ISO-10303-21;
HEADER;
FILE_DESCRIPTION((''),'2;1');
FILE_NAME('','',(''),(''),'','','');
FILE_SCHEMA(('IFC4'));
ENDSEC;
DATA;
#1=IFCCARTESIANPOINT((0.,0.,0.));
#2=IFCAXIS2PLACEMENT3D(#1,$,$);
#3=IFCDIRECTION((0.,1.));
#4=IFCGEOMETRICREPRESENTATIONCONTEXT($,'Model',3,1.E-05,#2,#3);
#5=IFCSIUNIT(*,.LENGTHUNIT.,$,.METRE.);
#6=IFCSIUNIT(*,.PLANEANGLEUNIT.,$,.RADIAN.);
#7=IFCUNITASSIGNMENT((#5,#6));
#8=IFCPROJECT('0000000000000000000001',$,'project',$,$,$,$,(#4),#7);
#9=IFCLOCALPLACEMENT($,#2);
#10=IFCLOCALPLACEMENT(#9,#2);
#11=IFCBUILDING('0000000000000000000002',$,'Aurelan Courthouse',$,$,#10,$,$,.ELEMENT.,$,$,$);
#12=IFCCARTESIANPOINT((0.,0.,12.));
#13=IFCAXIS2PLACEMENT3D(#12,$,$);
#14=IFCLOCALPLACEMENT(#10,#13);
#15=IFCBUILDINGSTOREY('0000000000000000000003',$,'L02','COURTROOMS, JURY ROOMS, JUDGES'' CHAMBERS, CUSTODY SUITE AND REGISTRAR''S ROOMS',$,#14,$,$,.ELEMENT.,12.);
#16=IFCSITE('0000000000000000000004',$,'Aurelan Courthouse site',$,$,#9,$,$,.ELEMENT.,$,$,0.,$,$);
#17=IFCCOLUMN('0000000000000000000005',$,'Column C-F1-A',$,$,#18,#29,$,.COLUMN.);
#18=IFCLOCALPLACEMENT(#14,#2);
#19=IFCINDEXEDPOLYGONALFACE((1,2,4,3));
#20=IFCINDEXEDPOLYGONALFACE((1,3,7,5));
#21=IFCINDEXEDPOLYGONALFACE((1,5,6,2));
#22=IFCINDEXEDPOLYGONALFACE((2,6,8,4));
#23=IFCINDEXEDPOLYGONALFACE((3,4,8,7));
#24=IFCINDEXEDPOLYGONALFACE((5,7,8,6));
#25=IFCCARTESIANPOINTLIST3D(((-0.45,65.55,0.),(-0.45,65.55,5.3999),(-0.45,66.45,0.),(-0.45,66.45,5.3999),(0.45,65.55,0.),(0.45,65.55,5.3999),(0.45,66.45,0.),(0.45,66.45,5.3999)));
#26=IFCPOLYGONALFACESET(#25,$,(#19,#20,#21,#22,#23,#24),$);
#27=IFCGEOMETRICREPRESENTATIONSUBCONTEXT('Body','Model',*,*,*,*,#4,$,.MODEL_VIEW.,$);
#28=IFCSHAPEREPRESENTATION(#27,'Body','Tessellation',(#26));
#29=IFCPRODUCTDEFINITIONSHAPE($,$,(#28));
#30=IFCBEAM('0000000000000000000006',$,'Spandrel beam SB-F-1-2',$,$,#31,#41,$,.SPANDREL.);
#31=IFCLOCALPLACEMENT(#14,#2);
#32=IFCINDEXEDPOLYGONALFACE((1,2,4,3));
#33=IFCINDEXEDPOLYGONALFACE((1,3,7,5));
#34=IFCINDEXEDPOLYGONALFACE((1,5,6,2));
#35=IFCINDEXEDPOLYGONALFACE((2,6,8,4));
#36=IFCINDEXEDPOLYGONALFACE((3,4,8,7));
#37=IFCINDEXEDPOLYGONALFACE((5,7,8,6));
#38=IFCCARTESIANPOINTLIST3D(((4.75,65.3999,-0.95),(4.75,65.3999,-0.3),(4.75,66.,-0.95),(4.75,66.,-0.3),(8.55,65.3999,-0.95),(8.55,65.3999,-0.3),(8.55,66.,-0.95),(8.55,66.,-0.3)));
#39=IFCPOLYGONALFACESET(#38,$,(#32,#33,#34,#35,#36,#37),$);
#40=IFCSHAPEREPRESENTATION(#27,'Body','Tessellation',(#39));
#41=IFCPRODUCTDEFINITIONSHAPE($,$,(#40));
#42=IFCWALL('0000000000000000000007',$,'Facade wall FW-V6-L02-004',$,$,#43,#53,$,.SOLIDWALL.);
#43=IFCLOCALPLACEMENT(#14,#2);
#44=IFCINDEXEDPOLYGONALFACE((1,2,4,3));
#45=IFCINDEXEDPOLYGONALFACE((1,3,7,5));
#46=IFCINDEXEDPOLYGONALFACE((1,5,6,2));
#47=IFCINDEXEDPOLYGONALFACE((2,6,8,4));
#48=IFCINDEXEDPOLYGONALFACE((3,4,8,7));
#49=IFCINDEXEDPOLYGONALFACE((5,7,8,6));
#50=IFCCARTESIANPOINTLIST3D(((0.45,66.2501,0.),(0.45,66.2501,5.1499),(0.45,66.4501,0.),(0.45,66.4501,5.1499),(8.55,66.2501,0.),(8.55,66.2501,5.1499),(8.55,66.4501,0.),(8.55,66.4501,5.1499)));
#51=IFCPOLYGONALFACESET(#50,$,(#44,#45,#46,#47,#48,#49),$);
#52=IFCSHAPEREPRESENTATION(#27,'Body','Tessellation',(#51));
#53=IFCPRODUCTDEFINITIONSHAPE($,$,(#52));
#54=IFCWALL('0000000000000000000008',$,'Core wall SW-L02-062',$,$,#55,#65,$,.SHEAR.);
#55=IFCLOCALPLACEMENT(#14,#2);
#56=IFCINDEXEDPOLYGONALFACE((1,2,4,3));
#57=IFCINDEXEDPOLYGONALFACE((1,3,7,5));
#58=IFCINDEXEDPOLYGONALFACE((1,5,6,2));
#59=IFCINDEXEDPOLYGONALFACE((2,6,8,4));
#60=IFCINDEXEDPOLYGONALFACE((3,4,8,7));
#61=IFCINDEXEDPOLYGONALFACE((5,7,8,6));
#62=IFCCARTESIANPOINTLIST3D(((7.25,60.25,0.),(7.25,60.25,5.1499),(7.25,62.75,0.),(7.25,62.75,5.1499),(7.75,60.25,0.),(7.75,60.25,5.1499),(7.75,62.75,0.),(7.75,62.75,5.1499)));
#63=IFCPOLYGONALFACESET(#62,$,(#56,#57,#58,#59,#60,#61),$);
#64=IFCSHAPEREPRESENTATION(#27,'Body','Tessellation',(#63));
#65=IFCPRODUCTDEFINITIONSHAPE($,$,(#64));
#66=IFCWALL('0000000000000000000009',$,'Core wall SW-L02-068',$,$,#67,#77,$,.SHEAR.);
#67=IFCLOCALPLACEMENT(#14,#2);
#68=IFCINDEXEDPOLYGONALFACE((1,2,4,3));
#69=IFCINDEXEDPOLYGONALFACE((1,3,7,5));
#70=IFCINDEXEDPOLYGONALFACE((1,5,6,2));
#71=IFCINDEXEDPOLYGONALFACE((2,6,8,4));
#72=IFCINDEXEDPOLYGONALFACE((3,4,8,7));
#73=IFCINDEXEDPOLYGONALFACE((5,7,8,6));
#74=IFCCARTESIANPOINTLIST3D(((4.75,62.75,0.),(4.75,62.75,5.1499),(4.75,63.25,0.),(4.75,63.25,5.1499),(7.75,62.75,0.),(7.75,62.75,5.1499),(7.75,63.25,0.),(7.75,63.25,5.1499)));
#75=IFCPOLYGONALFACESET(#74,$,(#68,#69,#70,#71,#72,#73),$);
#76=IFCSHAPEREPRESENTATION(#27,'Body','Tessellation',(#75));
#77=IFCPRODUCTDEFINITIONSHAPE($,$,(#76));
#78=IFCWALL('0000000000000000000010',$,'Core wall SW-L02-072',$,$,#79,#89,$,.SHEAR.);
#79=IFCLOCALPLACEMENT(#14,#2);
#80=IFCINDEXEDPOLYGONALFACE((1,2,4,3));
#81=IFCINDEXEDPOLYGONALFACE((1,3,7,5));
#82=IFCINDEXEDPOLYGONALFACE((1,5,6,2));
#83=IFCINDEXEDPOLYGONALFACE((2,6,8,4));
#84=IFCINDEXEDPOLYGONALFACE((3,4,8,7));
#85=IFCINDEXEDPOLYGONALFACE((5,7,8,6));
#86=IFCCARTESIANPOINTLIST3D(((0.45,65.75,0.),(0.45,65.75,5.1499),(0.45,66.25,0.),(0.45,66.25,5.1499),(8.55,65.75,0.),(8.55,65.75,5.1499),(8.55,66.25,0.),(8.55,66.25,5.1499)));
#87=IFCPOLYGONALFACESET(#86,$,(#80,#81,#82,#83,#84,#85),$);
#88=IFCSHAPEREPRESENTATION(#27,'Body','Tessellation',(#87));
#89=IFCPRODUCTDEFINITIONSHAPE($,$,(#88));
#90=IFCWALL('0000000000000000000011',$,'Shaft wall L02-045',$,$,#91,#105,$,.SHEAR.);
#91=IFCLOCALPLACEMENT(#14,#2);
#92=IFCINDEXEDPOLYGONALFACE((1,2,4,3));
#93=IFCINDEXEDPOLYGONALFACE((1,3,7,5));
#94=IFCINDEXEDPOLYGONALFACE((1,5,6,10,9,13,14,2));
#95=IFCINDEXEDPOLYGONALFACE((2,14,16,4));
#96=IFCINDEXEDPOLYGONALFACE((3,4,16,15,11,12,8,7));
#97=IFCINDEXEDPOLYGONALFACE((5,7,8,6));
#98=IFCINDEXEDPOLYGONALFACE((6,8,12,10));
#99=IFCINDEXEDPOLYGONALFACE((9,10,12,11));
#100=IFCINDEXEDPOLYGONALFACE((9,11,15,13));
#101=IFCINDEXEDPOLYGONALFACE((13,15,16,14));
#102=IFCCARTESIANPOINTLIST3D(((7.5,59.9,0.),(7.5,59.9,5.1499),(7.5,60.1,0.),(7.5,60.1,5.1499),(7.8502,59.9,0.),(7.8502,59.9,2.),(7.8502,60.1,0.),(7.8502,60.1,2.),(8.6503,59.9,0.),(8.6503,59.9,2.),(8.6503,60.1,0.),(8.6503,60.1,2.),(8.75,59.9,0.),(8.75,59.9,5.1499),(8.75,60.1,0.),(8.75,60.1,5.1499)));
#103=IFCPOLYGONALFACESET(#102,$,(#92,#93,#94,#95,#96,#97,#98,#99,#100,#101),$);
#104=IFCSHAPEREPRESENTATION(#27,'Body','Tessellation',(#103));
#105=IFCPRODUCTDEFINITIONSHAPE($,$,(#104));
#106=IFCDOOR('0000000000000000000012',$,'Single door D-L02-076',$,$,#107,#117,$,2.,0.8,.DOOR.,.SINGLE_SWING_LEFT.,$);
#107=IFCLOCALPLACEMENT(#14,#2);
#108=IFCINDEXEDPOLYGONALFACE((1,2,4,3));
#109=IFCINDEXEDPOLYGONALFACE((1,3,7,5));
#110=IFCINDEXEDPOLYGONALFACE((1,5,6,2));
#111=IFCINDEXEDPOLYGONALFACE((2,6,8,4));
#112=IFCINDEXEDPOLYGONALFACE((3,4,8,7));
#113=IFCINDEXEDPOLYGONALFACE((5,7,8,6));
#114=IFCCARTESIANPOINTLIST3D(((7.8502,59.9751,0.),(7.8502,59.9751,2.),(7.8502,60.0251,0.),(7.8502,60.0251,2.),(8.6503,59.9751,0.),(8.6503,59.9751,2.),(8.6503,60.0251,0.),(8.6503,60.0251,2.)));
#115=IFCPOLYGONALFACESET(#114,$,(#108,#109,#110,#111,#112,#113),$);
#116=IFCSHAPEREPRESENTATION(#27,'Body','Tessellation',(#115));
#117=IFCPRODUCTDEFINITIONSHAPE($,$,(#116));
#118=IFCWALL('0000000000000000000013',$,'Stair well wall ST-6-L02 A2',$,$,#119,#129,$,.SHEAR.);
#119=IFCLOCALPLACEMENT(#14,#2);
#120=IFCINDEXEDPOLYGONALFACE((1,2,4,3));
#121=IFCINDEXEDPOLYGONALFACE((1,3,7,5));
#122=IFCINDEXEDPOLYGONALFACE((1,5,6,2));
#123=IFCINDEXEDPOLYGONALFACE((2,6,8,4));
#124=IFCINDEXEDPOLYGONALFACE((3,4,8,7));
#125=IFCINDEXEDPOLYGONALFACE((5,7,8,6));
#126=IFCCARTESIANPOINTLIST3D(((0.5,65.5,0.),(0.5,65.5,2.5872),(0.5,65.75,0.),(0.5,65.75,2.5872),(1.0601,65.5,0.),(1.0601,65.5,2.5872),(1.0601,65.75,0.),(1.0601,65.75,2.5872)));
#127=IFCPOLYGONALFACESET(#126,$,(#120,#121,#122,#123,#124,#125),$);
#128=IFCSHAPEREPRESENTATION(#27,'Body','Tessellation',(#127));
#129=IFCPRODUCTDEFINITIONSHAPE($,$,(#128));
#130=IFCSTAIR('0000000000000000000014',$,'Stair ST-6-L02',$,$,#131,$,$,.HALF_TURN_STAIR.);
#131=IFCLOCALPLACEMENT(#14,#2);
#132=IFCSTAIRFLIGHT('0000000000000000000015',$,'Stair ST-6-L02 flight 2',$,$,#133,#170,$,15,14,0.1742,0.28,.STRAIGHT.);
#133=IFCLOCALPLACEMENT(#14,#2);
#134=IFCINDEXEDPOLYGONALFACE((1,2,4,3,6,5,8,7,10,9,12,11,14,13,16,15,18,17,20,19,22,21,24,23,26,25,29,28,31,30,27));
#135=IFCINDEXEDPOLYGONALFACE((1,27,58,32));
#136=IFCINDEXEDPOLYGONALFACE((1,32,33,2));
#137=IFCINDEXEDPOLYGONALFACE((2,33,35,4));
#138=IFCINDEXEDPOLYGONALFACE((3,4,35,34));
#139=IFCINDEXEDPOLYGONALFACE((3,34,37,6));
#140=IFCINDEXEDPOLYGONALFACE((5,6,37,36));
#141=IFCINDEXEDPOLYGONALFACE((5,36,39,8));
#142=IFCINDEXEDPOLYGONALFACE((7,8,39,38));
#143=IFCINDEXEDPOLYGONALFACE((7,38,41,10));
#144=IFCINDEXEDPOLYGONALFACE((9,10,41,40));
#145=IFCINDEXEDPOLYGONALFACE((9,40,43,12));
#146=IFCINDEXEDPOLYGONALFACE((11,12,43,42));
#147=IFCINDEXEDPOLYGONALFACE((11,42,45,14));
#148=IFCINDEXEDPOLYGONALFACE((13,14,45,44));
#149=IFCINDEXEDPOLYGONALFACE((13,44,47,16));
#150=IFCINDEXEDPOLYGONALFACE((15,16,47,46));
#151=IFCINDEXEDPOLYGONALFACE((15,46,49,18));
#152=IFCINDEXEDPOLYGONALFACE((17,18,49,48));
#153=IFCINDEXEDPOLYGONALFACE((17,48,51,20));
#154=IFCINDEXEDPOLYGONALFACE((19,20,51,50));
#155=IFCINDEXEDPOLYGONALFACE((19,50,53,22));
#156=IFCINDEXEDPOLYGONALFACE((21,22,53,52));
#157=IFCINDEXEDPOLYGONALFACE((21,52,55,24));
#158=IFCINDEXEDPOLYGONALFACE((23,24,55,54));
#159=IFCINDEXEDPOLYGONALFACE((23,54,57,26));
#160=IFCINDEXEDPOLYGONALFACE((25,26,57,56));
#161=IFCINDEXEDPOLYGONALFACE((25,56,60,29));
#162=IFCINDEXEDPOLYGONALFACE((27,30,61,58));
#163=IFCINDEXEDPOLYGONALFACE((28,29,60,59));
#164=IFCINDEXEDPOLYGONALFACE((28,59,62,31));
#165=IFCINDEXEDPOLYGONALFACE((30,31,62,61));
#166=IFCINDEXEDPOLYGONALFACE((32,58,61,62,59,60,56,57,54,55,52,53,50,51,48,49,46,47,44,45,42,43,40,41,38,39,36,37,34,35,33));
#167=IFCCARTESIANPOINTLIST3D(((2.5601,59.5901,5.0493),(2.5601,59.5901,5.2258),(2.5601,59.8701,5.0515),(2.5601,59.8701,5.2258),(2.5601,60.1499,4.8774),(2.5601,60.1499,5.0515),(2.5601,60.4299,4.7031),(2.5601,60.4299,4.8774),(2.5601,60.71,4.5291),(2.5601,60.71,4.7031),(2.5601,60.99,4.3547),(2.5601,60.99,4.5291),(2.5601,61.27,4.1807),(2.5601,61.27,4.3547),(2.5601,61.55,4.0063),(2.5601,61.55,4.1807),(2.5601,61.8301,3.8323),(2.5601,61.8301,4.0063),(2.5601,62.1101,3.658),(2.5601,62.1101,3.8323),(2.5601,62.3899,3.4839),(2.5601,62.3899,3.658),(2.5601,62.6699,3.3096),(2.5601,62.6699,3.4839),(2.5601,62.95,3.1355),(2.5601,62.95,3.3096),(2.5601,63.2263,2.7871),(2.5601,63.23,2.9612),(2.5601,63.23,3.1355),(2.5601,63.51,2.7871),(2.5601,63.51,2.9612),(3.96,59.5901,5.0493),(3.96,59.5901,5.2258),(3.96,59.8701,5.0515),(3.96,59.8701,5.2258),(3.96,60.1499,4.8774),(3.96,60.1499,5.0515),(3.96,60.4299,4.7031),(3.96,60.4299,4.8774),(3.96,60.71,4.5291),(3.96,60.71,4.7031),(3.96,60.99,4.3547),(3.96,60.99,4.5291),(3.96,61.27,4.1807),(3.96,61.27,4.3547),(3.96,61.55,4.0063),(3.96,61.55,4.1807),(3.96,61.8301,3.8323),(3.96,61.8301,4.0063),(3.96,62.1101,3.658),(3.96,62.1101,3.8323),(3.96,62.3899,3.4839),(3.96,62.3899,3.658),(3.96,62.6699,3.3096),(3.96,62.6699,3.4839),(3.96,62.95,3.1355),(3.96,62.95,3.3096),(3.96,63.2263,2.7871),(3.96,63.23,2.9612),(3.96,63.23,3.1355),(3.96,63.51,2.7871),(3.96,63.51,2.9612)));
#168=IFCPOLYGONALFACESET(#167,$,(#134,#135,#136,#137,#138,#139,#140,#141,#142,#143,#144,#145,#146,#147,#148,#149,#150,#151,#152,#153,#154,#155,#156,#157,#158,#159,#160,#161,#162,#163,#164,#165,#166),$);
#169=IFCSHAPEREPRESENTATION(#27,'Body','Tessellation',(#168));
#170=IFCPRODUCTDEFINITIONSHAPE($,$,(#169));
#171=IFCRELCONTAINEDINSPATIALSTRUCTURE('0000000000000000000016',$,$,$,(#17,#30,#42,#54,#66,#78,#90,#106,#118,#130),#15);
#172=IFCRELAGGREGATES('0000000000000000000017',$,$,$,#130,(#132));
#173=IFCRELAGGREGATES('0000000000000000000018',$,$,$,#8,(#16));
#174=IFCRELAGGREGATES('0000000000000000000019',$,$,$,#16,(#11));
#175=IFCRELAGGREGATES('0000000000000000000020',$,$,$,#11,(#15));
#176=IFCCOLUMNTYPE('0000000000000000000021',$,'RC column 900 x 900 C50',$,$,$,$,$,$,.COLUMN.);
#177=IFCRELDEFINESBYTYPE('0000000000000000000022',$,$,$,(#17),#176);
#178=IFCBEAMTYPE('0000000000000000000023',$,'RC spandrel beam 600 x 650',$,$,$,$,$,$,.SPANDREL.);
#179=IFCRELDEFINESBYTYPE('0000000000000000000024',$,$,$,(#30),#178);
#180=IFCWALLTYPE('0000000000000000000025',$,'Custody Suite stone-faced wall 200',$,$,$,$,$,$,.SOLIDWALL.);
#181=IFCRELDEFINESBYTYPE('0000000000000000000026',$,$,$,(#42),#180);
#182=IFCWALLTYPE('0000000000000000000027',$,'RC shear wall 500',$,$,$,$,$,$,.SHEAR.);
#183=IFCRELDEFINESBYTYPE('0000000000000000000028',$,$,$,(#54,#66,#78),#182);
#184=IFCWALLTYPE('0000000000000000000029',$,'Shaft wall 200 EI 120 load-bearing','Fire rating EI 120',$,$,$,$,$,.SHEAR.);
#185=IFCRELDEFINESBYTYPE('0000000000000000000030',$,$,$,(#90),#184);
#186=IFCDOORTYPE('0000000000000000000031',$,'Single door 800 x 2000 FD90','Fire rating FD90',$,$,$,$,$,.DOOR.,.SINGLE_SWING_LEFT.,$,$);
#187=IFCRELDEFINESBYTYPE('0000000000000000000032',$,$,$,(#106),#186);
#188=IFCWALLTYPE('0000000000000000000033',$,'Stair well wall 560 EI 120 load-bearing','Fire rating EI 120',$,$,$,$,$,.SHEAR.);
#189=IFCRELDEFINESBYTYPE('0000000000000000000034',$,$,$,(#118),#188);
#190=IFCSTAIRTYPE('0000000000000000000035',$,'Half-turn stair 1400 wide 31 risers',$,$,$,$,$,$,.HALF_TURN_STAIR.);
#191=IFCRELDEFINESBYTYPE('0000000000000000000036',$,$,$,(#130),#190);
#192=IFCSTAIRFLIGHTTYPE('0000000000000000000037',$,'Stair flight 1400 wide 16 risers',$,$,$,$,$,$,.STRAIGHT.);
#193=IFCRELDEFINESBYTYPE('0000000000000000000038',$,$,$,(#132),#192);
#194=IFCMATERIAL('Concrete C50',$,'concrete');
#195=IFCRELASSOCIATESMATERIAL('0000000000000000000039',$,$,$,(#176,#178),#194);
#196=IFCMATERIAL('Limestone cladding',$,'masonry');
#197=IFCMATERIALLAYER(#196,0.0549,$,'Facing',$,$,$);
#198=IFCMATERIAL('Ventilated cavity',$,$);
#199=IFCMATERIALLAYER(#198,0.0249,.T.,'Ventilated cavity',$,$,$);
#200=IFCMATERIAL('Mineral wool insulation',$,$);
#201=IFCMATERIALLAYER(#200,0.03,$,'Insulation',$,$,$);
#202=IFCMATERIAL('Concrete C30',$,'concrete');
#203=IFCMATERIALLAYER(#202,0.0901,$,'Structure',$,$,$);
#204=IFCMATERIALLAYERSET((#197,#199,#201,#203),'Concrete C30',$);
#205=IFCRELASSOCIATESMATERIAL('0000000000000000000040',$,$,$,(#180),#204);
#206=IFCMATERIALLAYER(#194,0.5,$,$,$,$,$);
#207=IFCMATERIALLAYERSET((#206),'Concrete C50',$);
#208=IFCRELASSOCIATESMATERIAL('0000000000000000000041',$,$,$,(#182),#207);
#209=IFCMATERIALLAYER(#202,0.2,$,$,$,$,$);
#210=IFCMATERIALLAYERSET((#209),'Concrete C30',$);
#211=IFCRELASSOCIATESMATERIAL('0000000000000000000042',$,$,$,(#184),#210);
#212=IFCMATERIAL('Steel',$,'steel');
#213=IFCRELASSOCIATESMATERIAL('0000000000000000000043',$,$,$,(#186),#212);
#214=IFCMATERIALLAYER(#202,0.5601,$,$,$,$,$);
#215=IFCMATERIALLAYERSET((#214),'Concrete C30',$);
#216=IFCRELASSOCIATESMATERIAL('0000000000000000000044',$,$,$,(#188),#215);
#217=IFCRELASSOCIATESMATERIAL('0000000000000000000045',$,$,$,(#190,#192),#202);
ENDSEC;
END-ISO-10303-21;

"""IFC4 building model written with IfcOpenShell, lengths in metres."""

from ifc_helpers import new_model, si_unit, direction, frame, frame_2d, origin, origin_2d, place, context, subcontext, project, spatial, polyline, rectangle, outline, extrude, material, layer, layer_set, material_profile, profile_set, type_object, element, fill, aggregate, save


model = new_model("IFC4")

# Units and contexts
model_context = context("Model", 3, precision=1e-05, world=origin(), true_north=direction((0.0, 1.0)))
body_context = subcontext(model_context, "Body", "Model", "MODEL_VIEW")
ifc_project = project(units=[si_unit("LENGTHUNIT", "METRE"), si_unit("PLANEANGLEUNIT", "RADIAN")], contexts=[model_context])

# Site, building, storey
site_placement = place(None, origin())
site = spatial("IfcSite", under=ifc_project, at=site_placement, Name="Aurelan Courthouse site", CompositionType="ELEMENT", RefElevation=0.0)
building_placement = place(site_placement, origin())
building = spatial("IfcBuilding", under=site, at=building_placement, Name="Aurelan Courthouse", CompositionType="ELEMENT")
storey_placement = place(building_placement, frame((0.0, 0.0, 12.0)))
storey = spatial("IfcBuildingStorey", under=building, at=storey_placement, Name="L02", Description="COURTROOMS, JURY ROOMS, JUDGES' CHAMBERS, CUSTODY SUITE AND REGISTRAR'S ROOMS", CompositionType="ELEMENT", Elevation=12.0)

# Column
ifc_material_1 = material(Name="Concrete C50", Category="concrete")
ifc_material_profile_1 = material_profile(ifc_material_1, rectangle(XDim=0.8999, YDim=0.8999, at=origin_2d()), Name="RC 900 x 900")
ifc_profile_set_1 = profile_set([ifc_material_profile_1], Name="Concrete C50")
column_type = type_object("IfcColumnType", Name="RC column 900 x 900 C50", PredefinedType="COLUMN", material=ifc_profile_set_1)
column_placement = place(storey_placement, frame((0.0, 66.0, 0.0), z_axis=(0.0, 0.0, 1.0), x_axis=(1.0, 0.0, 0.0)))
element("IfcColumn", 1, at=column_placement, inside=storey, type_object=column_type, Name="Column C-F1-A", PredefinedType="COLUMN", context=body_context, shape_type="SweptSolid", body=[
    extrude(rectangle(XDim=0.8999, YDim=0.8999, at=origin_2d()), origin(), (0.0, 0.0, 1.0), 5.3999),
])

# Beam
ifc_material_profile_2 = material_profile(ifc_material_1, rectangle(XDim=0.6001, YDim=0.6499, at=origin_2d()), Name="RC 600 x 650")
ifc_profile_set_2 = profile_set([ifc_material_profile_2], Name="Concrete C50")
beam_type = type_object("IfcBeamType", Name="RC spandrel beam 600 x 650", PredefinedType="SPANDREL", material=ifc_profile_set_2)
beam_placement = place(storey_placement, frame((4.75, 65.7, -0.625), z_axis=(1.0, 0.0, 0.0), x_axis=(0.0, 1.0, 0.0)))
element("IfcBeam", 2, at=beam_placement, inside=storey, type_object=beam_type, Name="Spandrel beam SB-F-1-2", PredefinedType="SPANDREL", context=body_context, shape_type="SweptSolid", body=[
    extrude(rectangle(XDim=0.6001, YDim=0.6499, at=origin_2d()), origin(), (0.0, 0.0, 1.0), 3.8),
])

# Walls
ifc_material_2 = material(Name="Limestone cladding", Category="masonry")
ifc_layer_1 = layer(ifc_material_2, 0.0549, Name="Facing")
ifc_material_3 = material(Name="Ventilated cavity")
ifc_layer_2 = layer(ifc_material_3, 0.0249, ventilated=True, Name="Ventilated cavity")
ifc_material_4 = material(Name="Mineral wool insulation")
ifc_layer_3 = layer(ifc_material_4, 0.03, Name="Insulation")
ifc_material_5 = material(Name="Concrete C30", Category="concrete")
ifc_layer_4 = layer(ifc_material_5, 0.0901, Name="Structure")
ifc_layer_set_1 = layer_set([ifc_layer_1, ifc_layer_2, ifc_layer_3, ifc_layer_4], Name="Concrete C30")
wall_type_1 = type_object("IfcWallType", Name="Custody Suite stone-faced wall 200", PredefinedType="SOLIDWALL", material=ifc_layer_set_1)
wall_1_placement = place(storey_placement, frame((0.45, 66.3501, 0.0), z_axis=(0.0, 0.0, 1.0), x_axis=(1.0, 0.0, 0.0)))
element("IfcWall", 3, at=wall_1_placement, inside=storey, type_object=wall_type_1, Name="Facade wall FW-V6-L02-004", PredefinedType="SOLIDWALL", context=body_context, shape_type="SweptSolid", body=[
    extrude(rectangle(XDim=8.1001, YDim=0.2, at=frame_2d((4.05, 0.0))), origin(), (0.0, 0.0, 1.0), 5.1499),
])
ifc_layer_5 = layer(ifc_material_1, 0.5)
ifc_layer_set_2 = layer_set([ifc_layer_5], Name="Concrete C50")
wall_type_2 = type_object("IfcWallType", Name="RC shear wall 500", PredefinedType="SHEAR", material=ifc_layer_set_2)
wall_2_placement = place(storey_placement, frame((7.5, 60.25, 0.0), z_axis=(0.0, 0.0, 1.0), x_axis=(0.0, 1.0, 0.0)))
element("IfcWall", 4, at=wall_2_placement, inside=storey, type_object=wall_type_2, Name="Core wall SW-L02-062", PredefinedType="SHEAR", context=body_context, shape_type="SweptSolid", body=[
    extrude(rectangle(XDim=2.5, YDim=0.5, at=frame_2d((1.25, 0.0))), origin(), (0.0, 0.0, 1.0), 5.1499),
])
wall_3_placement = place(storey_placement, frame((4.75, 63.0, 0.0), z_axis=(0.0, 0.0, 1.0), x_axis=(1.0, 0.0, 0.0)))
element("IfcWall", 5, at=wall_3_placement, inside=storey, type_object=wall_type_2, Name="Core wall SW-L02-068", PredefinedType="SHEAR", context=body_context, shape_type="SweptSolid", body=[
    extrude(rectangle(XDim=3.0, YDim=0.5, at=frame_2d((1.5, 0.0))), origin(), (0.0, 0.0, 1.0), 5.1499),
])
wall_4_placement = place(storey_placement, frame((0.45, 66.0, 0.0), z_axis=(0.0, 0.0, 1.0), x_axis=(1.0, 0.0, 0.0)))
element("IfcWall", 6, at=wall_4_placement, inside=storey, type_object=wall_type_2, Name="Core wall SW-L02-072", PredefinedType="SHEAR", context=body_context, shape_type="SweptSolid", body=[
    extrude(rectangle(XDim=8.1001, YDim=0.5, at=frame_2d((4.05, 0.0))), origin(), (0.0, 0.0, 1.0), 5.1499),
])

# Wall, opening, door
ifc_layer_6 = layer(ifc_material_5, 0.2)
ifc_layer_set_3 = layer_set([ifc_layer_6], Name="Concrete C30")
wall_type_3 = type_object("IfcWallType", Name="Shaft wall 200 EI 120 load-bearing", Description="Fire rating EI 120", PredefinedType="SHEAR", material=ifc_layer_set_3)
wall_5_placement = place(storey_placement, frame((7.5, 60.0, 0.0), z_axis=(0.0, 0.0, 1.0), x_axis=(1.0, 0.0, 0.0)))
wall_5 = element("IfcWall", 7, at=wall_5_placement, inside=storey, type_object=wall_type_3, Name="Shaft wall L02-045", PredefinedType="SHEAR", context=body_context, shape_type="SweptSolid", body=[
    extrude(rectangle(XDim=1.25, YDim=0.2, at=frame_2d((0.625, 0.0))), origin(), (0.0, 0.0, 1.0), 5.1499),
])
opening_placement = place(wall_5_placement, frame((1.1501, 0.0, 0.0), z_axis=(0.0, 0.0, 1.0), x_axis=(-1.0, 0.0, 0.0)))
opening = element("IfcOpeningElement", 8, at=opening_placement, cuts=wall_5, PredefinedType="OPENING", context=body_context, shape_type="SweptSolid", body=[
    extrude(rectangle(XDim=0.8, YDim=2.0, at=frame_2d((0.3999, 1.0))), frame((0.0, 0.1099, 0.0), z_axis=(0.0, -1.0, 0.0), x_axis=(1.0, 0.0, 0.0)), (0.0, 0.0, 1.0), 0.22),
])
ifc_material_6 = material(Name="Steel", Category="steel")
door_type = type_object("IfcDoorType", Name="Single door 800 x 2000 FD90", Description="Fire rating FD90", OperationType="SINGLE_SWING_LEFT", PredefinedType="DOOR", material=ifc_material_6)
door_placement = place(opening_placement, origin())
door = element("IfcDoor", 9, at=door_placement, inside=storey, type_object=door_type, Name="Single door D-L02-076", OperationType="SINGLE_SWING_LEFT", OverallHeight=2.0, OverallWidth=0.8, PredefinedType="DOOR", context=body_context, shape_type="SweptSolid", body=[
    extrude(rectangle(XDim=0.8, YDim=2.0, at=frame_2d((0.3999, 1.0))), frame((0.0, 0.0249, 0.0), z_axis=(0.0, -1.0, 0.0), x_axis=(1.0, 0.0, 0.0)), (0.0, 0.0, 1.0), 0.05),
])
fill(opening, door)

# Wall
ifc_layer_7 = layer(ifc_material_5, 0.5601)
ifc_layer_set_4 = layer_set([ifc_layer_7], Name="Concrete C30")
wall_type_4 = type_object("IfcWallType", Name="Stair well wall 560 EI 120 load-bearing", Description="Fire rating EI 120", PredefinedType="SHEAR", material=ifc_layer_set_4)
wall_6_placement = place(storey_placement, frame((0.78, 65.5, 0.0), z_axis=(0.0, 0.0, 1.0), x_axis=(0.0, 1.0, 0.0)))
element("IfcWall", 10, at=wall_6_placement, inside=storey, type_object=wall_type_4, Name="Stair well wall ST-6-L02 A2", PredefinedType="SHEAR", context=body_context, shape_type="SweptSolid", body=[
    extrude(rectangle(XDim=0.25, YDim=0.5601, at=frame_2d((0.125, 0.0))), origin(), (0.0, 0.0, 1.0), 2.5872),
])

# Stair, stair flight
stair_type = type_object("IfcStairType", Name="Half-turn stair 1400 wide 31 risers", PredefinedType="HALF_TURN_STAIR", material=ifc_material_5)
stair_placement = place(storey_placement, origin())
stair = element("IfcStair", 11, at=stair_placement, inside=storey, type_object=stair_type, Name="Stair ST-6-L02", PredefinedType="HALF_TURN_STAIR")
stair_flight_type = type_object("IfcStairFlightType", Name="Stair flight 1400 wide 16 risers", PredefinedType="STRAIGHT", material=ifc_material_5)
stair_flight_placement = place(storey_placement, frame((3.26, 63.51, 2.7871), z_axis=(0.0, 0.0, 1.0), x_axis=(0.0, -1.0, 0.0)))
stair_flight = element("IfcStairFlight", 12, at=stair_flight_placement, type_object=stair_flight_type, Name="Stair ST-6-L02 flight 2", NumberOfRisers=15, NumberOfTreads=14, PredefinedType="STRAIGHT", RiserHeight=0.1742, TreadLength=0.28, context=body_context, shape_type="SweptSolid", body=[
    extrude(outline(polyline([(0.0, 0.0), (0.0, 0.1741), (0.28, 0.1741), (0.28, 0.3484), (0.5601, 0.3484), (0.5601, 0.5225), (0.8401, 0.5225), (0.8401, 0.6968), (1.1201, 0.6968), (1.1201, 0.8708), (1.3999, 0.8708), (1.3999, 1.0452), (1.6799, 1.0452), (1.6799, 1.2192), (1.96, 1.2192), (1.96, 1.3936), (2.24, 1.3936), (2.24, 1.5676), (2.52, 1.5676), (2.52, 1.7419), (2.8, 1.7419), (2.8, 1.916), (3.0801, 1.916), (3.0801, 2.0903), (3.3601, 2.0903), (3.3601, 2.2644), (3.6399, 2.2644), (3.6399, 2.4387), (3.9199, 2.4387), (3.9199, 2.6128), (3.9199, 2.2622), (0.2837, 0.0), (0.0, 0.0)])), frame((0.0, 0.7, 0.0), z_axis=(0.0, -1.0, 0.0), x_axis=(1.0, 0.0, 0.0)), (0.0, 0.0, 1.0), 1.3999),
])
aggregate(stair, [stair_flight])

save(model, "model.ifc")
